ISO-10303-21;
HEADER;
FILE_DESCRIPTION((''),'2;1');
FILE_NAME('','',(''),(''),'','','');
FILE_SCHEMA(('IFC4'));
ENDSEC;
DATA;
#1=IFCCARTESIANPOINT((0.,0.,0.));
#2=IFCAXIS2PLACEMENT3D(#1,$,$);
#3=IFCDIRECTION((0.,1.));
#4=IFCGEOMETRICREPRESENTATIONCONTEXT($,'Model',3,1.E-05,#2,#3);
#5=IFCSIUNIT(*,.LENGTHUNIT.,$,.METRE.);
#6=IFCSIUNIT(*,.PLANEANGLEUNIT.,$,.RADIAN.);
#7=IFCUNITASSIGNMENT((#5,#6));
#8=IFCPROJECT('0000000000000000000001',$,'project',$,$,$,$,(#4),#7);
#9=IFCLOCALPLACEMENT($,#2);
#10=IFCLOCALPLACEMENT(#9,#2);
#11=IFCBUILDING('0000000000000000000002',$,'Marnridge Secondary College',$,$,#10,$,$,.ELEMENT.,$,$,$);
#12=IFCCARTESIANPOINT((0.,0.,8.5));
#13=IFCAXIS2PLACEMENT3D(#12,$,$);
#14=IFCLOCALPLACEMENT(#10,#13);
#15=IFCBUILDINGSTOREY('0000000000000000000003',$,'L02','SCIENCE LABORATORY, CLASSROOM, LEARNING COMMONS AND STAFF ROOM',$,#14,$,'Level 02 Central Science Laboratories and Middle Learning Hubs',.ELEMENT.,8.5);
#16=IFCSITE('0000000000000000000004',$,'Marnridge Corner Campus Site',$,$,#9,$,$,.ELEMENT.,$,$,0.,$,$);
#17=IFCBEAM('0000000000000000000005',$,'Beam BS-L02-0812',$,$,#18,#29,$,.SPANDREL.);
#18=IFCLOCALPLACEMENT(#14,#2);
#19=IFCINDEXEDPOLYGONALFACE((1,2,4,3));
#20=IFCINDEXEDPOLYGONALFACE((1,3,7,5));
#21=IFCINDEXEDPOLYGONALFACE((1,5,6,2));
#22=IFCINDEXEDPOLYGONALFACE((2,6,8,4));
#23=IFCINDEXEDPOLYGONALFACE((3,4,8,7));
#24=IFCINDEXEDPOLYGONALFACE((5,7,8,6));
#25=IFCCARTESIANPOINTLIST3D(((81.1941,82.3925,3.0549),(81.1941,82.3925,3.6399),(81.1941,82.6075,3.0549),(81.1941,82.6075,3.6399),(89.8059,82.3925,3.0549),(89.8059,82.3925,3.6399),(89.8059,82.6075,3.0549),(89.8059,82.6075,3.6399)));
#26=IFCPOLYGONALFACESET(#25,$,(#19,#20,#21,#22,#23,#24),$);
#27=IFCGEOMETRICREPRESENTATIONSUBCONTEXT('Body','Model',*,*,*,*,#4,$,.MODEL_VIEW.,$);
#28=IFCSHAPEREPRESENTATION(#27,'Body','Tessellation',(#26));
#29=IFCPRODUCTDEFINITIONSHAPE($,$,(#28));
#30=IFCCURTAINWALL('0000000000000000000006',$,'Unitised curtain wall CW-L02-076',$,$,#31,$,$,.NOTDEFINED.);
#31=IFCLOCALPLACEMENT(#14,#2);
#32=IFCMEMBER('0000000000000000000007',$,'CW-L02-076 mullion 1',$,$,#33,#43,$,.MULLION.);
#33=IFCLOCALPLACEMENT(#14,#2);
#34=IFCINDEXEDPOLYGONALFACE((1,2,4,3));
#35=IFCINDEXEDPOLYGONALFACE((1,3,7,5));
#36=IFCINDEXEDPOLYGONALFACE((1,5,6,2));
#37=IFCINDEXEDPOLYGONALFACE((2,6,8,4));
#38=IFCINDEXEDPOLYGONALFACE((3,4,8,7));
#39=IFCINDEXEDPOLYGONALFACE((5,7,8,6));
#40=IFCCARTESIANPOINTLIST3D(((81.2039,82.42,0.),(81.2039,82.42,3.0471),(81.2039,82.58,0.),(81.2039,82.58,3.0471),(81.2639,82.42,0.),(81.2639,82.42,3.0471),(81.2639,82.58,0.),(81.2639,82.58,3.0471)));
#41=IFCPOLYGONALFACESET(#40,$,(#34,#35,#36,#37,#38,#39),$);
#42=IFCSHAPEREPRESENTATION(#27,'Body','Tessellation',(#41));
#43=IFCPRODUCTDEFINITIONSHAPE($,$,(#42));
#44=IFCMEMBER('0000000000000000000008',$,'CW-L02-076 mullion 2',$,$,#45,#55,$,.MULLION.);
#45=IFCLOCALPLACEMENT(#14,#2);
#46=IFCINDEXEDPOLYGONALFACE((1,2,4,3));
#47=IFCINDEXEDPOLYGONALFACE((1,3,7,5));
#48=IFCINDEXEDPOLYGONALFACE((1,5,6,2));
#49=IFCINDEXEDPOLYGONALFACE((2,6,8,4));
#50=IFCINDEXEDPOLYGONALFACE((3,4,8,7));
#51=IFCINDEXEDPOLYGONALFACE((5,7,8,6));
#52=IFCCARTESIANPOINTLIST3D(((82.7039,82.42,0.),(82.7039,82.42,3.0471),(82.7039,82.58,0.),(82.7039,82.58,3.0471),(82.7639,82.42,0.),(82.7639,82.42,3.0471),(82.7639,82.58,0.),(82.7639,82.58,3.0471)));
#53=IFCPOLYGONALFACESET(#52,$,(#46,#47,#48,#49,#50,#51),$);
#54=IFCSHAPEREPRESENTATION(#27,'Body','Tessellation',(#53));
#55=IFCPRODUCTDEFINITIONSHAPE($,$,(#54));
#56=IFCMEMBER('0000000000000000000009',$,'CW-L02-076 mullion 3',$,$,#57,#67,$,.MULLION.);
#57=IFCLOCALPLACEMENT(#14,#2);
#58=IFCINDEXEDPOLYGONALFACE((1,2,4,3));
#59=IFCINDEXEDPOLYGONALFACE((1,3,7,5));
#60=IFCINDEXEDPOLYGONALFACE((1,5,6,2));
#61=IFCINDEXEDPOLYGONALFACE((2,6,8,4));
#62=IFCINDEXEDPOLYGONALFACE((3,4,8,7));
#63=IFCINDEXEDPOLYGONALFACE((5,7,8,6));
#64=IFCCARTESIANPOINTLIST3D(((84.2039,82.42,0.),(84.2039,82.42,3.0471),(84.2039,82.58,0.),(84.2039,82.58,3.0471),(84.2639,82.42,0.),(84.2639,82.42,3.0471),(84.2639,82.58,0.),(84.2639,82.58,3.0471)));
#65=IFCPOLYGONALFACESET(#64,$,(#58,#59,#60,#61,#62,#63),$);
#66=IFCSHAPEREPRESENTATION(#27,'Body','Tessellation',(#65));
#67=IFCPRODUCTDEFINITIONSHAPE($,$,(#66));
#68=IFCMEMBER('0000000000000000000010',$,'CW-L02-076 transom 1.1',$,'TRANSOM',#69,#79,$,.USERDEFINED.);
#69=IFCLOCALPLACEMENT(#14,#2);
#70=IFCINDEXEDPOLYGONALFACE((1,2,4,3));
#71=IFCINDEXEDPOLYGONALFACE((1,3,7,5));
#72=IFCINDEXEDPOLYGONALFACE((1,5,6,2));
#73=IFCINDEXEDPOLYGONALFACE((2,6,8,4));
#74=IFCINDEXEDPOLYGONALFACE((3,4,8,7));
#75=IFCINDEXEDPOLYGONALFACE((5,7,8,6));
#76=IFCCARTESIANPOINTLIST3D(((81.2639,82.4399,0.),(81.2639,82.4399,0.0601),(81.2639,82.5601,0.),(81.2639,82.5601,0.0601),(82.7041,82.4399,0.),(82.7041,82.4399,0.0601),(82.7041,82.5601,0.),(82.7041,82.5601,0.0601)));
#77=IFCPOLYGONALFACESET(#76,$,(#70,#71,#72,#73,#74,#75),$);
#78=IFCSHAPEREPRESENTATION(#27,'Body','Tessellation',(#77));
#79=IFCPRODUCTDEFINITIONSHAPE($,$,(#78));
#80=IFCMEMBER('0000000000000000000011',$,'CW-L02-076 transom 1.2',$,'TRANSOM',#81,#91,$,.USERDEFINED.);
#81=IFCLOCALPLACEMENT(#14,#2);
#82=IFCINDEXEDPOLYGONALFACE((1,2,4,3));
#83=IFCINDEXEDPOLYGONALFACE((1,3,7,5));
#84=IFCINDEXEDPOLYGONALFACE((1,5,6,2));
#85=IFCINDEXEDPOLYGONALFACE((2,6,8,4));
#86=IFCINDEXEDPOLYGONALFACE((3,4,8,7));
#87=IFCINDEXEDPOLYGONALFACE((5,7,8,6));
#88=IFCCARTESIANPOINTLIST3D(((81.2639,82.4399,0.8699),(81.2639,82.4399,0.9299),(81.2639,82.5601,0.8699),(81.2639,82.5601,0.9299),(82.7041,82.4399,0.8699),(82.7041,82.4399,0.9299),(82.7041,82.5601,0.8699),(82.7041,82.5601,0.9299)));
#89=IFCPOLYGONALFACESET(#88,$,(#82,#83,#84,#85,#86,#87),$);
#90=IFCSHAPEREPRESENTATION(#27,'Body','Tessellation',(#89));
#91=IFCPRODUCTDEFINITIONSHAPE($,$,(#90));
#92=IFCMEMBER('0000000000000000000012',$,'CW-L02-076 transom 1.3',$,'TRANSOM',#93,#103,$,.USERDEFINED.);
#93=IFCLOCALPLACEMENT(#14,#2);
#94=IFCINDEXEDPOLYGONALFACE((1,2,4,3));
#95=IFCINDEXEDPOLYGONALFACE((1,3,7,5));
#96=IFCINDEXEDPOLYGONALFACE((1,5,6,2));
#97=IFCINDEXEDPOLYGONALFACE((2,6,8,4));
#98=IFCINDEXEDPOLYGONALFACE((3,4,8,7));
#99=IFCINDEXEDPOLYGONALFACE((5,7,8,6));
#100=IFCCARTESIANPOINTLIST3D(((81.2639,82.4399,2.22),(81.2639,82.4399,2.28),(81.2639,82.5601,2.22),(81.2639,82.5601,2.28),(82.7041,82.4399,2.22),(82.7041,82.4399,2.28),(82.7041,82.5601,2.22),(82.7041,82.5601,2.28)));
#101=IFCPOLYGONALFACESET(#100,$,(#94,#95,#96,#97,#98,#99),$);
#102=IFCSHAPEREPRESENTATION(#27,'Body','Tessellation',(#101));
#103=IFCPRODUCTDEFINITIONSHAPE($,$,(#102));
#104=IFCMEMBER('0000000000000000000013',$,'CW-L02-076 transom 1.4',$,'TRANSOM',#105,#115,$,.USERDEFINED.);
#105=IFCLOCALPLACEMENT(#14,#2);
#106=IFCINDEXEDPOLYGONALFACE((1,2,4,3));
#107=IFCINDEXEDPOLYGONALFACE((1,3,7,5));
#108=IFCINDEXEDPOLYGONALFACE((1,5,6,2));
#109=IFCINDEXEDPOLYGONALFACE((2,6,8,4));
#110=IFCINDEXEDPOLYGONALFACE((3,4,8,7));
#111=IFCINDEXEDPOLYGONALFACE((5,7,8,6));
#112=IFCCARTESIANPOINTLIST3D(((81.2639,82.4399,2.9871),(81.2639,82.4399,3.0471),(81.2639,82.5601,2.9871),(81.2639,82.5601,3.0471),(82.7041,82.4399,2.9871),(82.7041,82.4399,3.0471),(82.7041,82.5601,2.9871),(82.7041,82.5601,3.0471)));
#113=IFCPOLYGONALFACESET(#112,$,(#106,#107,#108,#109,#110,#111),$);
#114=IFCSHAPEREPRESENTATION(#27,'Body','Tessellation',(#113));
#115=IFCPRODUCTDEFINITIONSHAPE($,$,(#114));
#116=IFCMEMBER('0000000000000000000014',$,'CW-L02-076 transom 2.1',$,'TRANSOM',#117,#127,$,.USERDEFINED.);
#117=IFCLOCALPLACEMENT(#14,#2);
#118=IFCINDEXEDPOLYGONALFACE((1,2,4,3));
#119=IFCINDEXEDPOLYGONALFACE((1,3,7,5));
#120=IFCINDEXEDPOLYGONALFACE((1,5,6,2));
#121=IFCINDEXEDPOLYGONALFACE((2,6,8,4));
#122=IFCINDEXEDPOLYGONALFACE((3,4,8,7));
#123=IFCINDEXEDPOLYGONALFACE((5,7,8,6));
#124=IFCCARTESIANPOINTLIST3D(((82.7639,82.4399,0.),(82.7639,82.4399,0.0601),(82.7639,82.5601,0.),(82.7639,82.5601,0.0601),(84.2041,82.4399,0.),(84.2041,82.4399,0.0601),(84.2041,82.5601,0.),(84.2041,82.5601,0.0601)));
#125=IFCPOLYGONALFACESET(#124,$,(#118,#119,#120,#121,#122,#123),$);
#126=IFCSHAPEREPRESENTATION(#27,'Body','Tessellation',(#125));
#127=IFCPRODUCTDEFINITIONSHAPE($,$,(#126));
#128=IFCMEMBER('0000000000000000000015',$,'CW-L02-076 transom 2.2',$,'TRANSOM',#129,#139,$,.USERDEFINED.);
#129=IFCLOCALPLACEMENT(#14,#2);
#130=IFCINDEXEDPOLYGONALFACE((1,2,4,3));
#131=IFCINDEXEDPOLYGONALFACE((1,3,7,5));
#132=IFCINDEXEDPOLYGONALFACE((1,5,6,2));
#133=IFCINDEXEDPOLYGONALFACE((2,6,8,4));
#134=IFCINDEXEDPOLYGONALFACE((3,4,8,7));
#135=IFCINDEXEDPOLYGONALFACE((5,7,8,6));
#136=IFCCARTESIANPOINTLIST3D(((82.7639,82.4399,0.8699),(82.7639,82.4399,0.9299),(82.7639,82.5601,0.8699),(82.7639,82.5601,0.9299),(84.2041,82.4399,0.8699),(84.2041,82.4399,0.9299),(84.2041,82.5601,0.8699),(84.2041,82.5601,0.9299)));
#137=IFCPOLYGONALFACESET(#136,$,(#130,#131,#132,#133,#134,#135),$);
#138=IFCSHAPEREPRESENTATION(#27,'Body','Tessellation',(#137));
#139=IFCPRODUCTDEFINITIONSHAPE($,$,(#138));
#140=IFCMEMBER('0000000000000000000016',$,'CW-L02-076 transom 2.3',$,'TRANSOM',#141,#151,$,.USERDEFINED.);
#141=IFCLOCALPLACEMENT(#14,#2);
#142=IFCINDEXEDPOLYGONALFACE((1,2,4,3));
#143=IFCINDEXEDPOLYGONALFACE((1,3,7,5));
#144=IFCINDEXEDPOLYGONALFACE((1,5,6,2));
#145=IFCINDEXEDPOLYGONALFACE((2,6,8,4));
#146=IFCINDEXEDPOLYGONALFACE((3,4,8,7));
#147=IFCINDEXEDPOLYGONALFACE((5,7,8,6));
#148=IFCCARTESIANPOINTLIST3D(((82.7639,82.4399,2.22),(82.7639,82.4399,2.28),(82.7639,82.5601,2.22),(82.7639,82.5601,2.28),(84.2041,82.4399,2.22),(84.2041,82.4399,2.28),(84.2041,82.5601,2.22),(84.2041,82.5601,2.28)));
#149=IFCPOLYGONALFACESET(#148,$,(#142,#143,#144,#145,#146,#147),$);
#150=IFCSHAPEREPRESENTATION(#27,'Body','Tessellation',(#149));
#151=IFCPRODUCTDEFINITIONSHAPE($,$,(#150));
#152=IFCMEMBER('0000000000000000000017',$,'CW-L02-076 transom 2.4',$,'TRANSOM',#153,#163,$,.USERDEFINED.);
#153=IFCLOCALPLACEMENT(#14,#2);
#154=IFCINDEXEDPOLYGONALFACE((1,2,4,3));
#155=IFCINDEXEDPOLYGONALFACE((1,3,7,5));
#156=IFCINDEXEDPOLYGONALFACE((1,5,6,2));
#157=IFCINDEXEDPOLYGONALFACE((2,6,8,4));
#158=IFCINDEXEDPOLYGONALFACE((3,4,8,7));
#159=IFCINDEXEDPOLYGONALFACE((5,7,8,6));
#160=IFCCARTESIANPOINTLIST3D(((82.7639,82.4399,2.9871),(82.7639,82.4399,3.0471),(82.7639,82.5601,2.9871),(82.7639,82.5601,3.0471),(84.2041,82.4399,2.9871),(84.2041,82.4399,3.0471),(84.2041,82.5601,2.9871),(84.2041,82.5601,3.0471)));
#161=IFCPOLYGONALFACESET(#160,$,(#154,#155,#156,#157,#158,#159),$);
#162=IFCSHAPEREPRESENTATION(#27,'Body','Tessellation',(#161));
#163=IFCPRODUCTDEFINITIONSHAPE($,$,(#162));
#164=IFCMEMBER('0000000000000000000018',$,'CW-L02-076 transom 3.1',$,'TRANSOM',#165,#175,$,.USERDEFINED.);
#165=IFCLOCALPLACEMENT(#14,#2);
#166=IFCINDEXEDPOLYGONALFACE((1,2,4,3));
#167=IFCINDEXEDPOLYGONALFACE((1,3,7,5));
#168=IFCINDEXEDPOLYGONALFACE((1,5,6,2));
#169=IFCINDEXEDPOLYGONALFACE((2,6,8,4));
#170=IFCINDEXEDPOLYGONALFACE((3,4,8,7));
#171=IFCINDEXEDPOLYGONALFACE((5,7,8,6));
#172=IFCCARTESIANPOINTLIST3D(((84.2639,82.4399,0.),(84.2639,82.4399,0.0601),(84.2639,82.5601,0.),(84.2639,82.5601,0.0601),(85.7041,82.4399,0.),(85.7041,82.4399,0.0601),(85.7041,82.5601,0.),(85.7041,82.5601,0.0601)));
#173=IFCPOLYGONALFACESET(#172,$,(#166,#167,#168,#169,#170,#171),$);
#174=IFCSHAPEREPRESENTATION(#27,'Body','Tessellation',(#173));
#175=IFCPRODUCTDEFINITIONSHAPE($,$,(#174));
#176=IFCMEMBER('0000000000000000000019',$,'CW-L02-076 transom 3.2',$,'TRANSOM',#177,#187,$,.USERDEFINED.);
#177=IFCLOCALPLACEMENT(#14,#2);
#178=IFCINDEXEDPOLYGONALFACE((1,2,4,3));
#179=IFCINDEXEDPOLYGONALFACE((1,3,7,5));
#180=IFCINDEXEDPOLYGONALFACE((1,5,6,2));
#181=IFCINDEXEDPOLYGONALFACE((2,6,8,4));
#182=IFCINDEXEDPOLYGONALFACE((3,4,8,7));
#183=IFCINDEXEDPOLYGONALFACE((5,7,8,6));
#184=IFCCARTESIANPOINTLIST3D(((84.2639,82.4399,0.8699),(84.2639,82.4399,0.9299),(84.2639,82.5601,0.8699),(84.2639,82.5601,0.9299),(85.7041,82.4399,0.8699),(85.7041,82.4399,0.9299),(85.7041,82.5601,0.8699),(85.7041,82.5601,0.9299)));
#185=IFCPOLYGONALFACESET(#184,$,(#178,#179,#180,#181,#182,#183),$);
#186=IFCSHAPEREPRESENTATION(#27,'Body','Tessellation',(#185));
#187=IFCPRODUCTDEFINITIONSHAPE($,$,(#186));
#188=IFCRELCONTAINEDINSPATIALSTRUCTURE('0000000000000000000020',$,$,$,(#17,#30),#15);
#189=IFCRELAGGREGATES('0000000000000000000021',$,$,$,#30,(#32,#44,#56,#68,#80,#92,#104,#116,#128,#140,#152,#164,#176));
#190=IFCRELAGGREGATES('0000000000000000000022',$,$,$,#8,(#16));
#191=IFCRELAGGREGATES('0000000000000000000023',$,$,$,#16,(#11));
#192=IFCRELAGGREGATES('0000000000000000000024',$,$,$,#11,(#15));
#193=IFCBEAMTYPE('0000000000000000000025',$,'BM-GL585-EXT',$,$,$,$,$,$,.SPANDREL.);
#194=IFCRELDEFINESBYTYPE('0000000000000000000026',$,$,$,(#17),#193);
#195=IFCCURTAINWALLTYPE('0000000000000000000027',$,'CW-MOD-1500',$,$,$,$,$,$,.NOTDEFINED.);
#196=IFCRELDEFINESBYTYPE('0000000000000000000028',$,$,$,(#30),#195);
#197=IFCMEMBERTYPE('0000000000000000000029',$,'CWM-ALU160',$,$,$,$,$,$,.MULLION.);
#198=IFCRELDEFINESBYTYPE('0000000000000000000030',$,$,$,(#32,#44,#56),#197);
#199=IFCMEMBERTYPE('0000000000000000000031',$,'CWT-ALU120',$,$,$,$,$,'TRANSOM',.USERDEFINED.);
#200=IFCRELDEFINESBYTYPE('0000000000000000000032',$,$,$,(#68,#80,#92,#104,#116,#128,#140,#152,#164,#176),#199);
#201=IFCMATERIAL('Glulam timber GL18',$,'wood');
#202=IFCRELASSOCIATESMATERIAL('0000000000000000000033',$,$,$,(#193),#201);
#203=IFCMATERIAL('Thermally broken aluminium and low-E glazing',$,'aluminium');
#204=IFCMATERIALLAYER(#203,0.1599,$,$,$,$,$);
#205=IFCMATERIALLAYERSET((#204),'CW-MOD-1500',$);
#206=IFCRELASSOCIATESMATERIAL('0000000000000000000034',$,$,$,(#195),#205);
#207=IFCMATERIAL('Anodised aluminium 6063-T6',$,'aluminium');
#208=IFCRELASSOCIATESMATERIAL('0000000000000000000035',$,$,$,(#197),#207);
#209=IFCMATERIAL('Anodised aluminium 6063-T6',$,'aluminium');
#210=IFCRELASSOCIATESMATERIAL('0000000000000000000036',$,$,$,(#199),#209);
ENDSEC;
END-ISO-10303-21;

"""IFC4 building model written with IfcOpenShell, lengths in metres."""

from ifc_helpers import new_model, si_unit, direction, frame, origin, origin_2d, place, context, subcontext, project, spatial, rectangle, extrude, material, layer, layer_set, material_profile, profile_set, type_object, element, aggregate, save


model = new_model("IFC4")

# Units and contexts
model_context = context("Model", 3, precision=1e-05, world=origin(), true_north=direction((0.0, 1.0)))
body_context = subcontext(model_context, "Body", "Model", "MODEL_VIEW")
ifc_project = project(units=[si_unit("LENGTHUNIT", "METRE"), si_unit("PLANEANGLEUNIT", "RADIAN")], contexts=[model_context])

# Site, building, storey
site_placement = place(None, origin())
site = spatial("IfcSite", under=ifc_project, at=site_placement, Name="Marnridge Corner Campus Site", CompositionType="ELEMENT", RefElevation=0.0)
building_placement = place(site_placement, origin())
building = spatial("IfcBuilding", under=site, at=building_placement, Name="Marnridge Secondary College", CompositionType="ELEMENT")
storey_placement = place(building_placement, frame((0.0, 0.0, 8.5)))
storey = spatial("IfcBuildingStorey", under=building, at=storey_placement, Name="L02", Description="SCIENCE LABORATORY, CLASSROOM, LEARNING COMMONS AND STAFF ROOM", LongName="Level 02 Central Science Laboratories and Middle Learning Hubs", CompositionType="ELEMENT", Elevation=8.5)

# Beam
ifc_material_1 = material(Name="Glulam timber GL18", Category="wood")
ifc_material_profile_1 = material_profile(ifc_material_1, rectangle(XDim=0.2151, YDim=0.585, at=origin_2d()), Name="GL18 215x585")
ifc_profile_set_1 = profile_set([ifc_material_profile_1], Name="Glulam timber GL18")
beam_type = type_object("IfcBeamType", Name="BM-GL585-EXT", PredefinedType="SPANDREL", material=ifc_profile_set_1)
beam_placement = place(storey_placement, frame((81.1941, 82.5, 3.3474), z_axis=(1.0, 0.0, 0.0), x_axis=(0.0, 1.0, 0.0)))
element("IfcBeam", 1, at=beam_placement, inside=storey, type_object=beam_type, Name="Beam BS-L02-0812", PredefinedType="SPANDREL", context=body_context, shape_type="SweptSolid", body=[
    extrude(rectangle(XDim=0.2151, YDim=0.585, at=origin_2d()), origin(), (0.0, 0.0, 1.0), 8.6118),
])

# Curtain wall, members
ifc_material_2 = material(Name="Thermally broken aluminium and low-E glazing", Category="aluminium")
ifc_layer_1 = layer(ifc_material_2, 0.1599)
ifc_layer_set_1 = layer_set([ifc_layer_1], Name="CW-MOD-1500")
curtain_wall_type = type_object("IfcCurtainWallType", Name="CW-MOD-1500", PredefinedType="NOTDEFINED", material=ifc_layer_set_1)
curtain_wall_placement = place(storey_placement, origin())
curtain_wall = element("IfcCurtainWall", 2, at=curtain_wall_placement, inside=storey, type_object=curtain_wall_type, Name="Unitised curtain wall CW-L02-076", PredefinedType="NOTDEFINED")
ifc_material_3 = material(Name="Anodised aluminium 6063-T6", Category="aluminium")
ifc_material_profile_2 = material_profile(ifc_material_3, rectangle(XDim=0.0601, YDim=0.1599, at=origin_2d()), Name="ALU 60x160")
ifc_profile_set_2 = profile_set([ifc_material_profile_2], Name="Anodised aluminium 6063-T6")
member_type_1 = type_object("IfcMemberType", Name="CWM-ALU160", PredefinedType="MULLION", material=ifc_profile_set_2)
member_1_placement = place(storey_placement, frame((81.2339, 82.5, 0.0), z_axis=(0.0, 0.0, 1.0), x_axis=(1.0, 0.0, 0.0)))
member_1 = element("IfcMember", 3, at=member_1_placement, type_object=member_type_1, Name="CW-L02-076 mullion 1", PredefinedType="MULLION", context=body_context, shape_type="SweptSolid", body=[
    extrude(rectangle(XDim=0.0601, YDim=0.1599, at=origin_2d()), origin(), (0.0, 0.0, 1.0), 3.0471),
])
member_2_placement = place(storey_placement, frame((82.7339, 82.5, 0.0), z_axis=(0.0, 0.0, 1.0), x_axis=(1.0, 0.0, 0.0)))
member_2 = element("IfcMember", 4, at=member_2_placement, type_object=member_type_1, Name="CW-L02-076 mullion 2", PredefinedType="MULLION", context=body_context, shape_type="SweptSolid", body=[
    extrude(rectangle(XDim=0.0601, YDim=0.1599, at=origin_2d()), origin(), (0.0, 0.0, 1.0), 3.0471),
])
member_3_placement = place(storey_placement, frame((84.2339, 82.5, 0.0), z_axis=(0.0, 0.0, 1.0), x_axis=(1.0, 0.0, 0.0)))
member_3 = element("IfcMember", 5, at=member_3_placement, type_object=member_type_1, Name="CW-L02-076 mullion 3", PredefinedType="MULLION", context=body_context, shape_type="SweptSolid", body=[
    extrude(rectangle(XDim=0.0601, YDim=0.1599, at=origin_2d()), origin(), (0.0, 0.0, 1.0), 3.0471),
])
ifc_material_4 = material(Name="Anodised aluminium 6063-T6", Category="aluminium")
ifc_material_profile_3 = material_profile(ifc_material_4, rectangle(XDim=0.0601, YDim=0.1201, at=origin_2d()), Name="ALU 60x120")
ifc_profile_set_3 = profile_set([ifc_material_profile_3], Name="Anodised aluminium 6063-T6")
member_type_2 = type_object("IfcMemberType", Name="CWT-ALU120", ElementType="TRANSOM", PredefinedType="USERDEFINED", material=ifc_profile_set_3)
member_4_placement = place(storey_placement, frame((81.2639, 82.5, 0.03), z_axis=(1.0, 0.0, 0.0), x_axis=(0.0, 0.0, 1.0)))
member_4 = element("IfcMember", 6, at=member_4_placement, type_object=member_type_2, Name="CW-L02-076 transom 1.1", ObjectType="TRANSOM", PredefinedType="USERDEFINED", context=body_context, shape_type="SweptSolid", body=[
    extrude(rectangle(XDim=0.0601, YDim=0.1201, at=origin_2d()), origin(), (0.0, 0.0, 1.0), 1.4402),
])
member_5_placement = place(storey_placement, frame((81.2639, 82.5, 0.8999), z_axis=(1.0, 0.0, 0.0), x_axis=(0.0, 0.0, 1.0)))
member_5 = element("IfcMember", 7, at=member_5_placement, type_object=member_type_2, Name="CW-L02-076 transom 1.2", ObjectType="TRANSOM", PredefinedType="USERDEFINED", context=body_context, shape_type="SweptSolid", body=[
    extrude(rectangle(XDim=0.0601, YDim=0.1201, at=origin_2d()), origin(), (0.0, 0.0, 1.0), 1.4402),
])
member_6_placement = place(storey_placement, frame((81.2639, 82.5, 2.25), z_axis=(1.0, 0.0, 0.0), x_axis=(0.0, 0.0, 1.0)))
member_6 = element("IfcMember", 8, at=member_6_placement, type_object=member_type_2, Name="CW-L02-076 transom 1.3", ObjectType="TRANSOM", PredefinedType="USERDEFINED", context=body_context, shape_type="SweptSolid", body=[
    extrude(rectangle(XDim=0.0601, YDim=0.1201, at=origin_2d()), origin(), (0.0, 0.0, 1.0), 1.4402),
])
member_7_placement = place(storey_placement, frame((81.2639, 82.5, 3.0171), z_axis=(1.0, 0.0, 0.0), x_axis=(0.0, 0.0, 1.0)))
member_7 = element("IfcMember", 9, at=member_7_placement, type_object=member_type_2, Name="CW-L02-076 transom 1.4", ObjectType="TRANSOM", PredefinedType="USERDEFINED", context=body_context, shape_type="SweptSolid", body=[
    extrude(rectangle(XDim=0.0601, YDim=0.1201, at=origin_2d()), origin(), (0.0, 0.0, 1.0), 1.4402),
])
member_8_placement = place(storey_placement, frame((82.7639, 82.5, 0.03), z_axis=(1.0, 0.0, 0.0), x_axis=(0.0, 0.0, 1.0)))
member_8 = element("IfcMember", 10, at=member_8_placement, type_object=member_type_2, Name="CW-L02-076 transom 2.1", ObjectType="TRANSOM", PredefinedType="USERDEFINED", context=body_context, shape_type="SweptSolid", body=[
    extrude(rectangle(XDim=0.0601, YDim=0.1201, at=origin_2d()), origin(), (0.0, 0.0, 1.0), 1.4402),
])
member_9_placement = place(storey_placement, frame((82.7639, 82.5, 0.8999), z_axis=(1.0, 0.0, 0.0), x_axis=(0.0, 0.0, 1.0)))
member_9 = element("IfcMember", 11, at=member_9_placement, type_object=member_type_2, Name="CW-L02-076 transom 2.2", ObjectType="TRANSOM", PredefinedType="USERDEFINED", context=body_context, shape_type="SweptSolid", body=[
    extrude(rectangle(XDim=0.0601, YDim=0.1201, at=origin_2d()), origin(), (0.0, 0.0, 1.0), 1.4402),
])
member_10_placement = place(storey_placement, frame((82.7639, 82.5, 2.25), z_axis=(1.0, 0.0, 0.0), x_axis=(0.0, 0.0, 1.0)))
member_10 = element("IfcMember", 12, at=member_10_placement, type_object=member_type_2, Name="CW-L02-076 transom 2.3", ObjectType="TRANSOM", PredefinedType="USERDEFINED", context=body_context, shape_type="SweptSolid", body=[
    extrude(rectangle(XDim=0.0601, YDim=0.1201, at=origin_2d()), origin(), (0.0, 0.0, 1.0), 1.4402),
])
member_11_placement = place(storey_placement, frame((82.7639, 82.5, 3.0171), z_axis=(1.0, 0.0, 0.0), x_axis=(0.0, 0.0, 1.0)))
member_11 = element("IfcMember", 13, at=member_11_placement, type_object=member_type_2, Name="CW-L02-076 transom 2.4", ObjectType="TRANSOM", PredefinedType="USERDEFINED", context=body_context, shape_type="SweptSolid", body=[
    extrude(rectangle(XDim=0.0601, YDim=0.1201, at=origin_2d()), origin(), (0.0, 0.0, 1.0), 1.4402),
])
member_12_placement = place(storey_placement, frame((84.2639, 82.5, 0.03), z_axis=(1.0, 0.0, 0.0), x_axis=(0.0, 0.0, 1.0)))
member_12 = element("IfcMember", 14, at=member_12_placement, type_object=member_type_2, Name="CW-L02-076 transom 3.1", ObjectType="TRANSOM", PredefinedType="USERDEFINED", context=body_context, shape_type="SweptSolid", body=[
    extrude(rectangle(XDim=0.0601, YDim=0.1201, at=origin_2d()), origin(), (0.0, 0.0, 1.0), 1.4402),
])
member_13_placement = place(storey_placement, frame((84.2639, 82.5, 0.8999), z_axis=(1.0, 0.0, 0.0), x_axis=(0.0, 0.0, 1.0)))
member_13 = element("IfcMember", 15, at=member_13_placement, type_object=member_type_2, Name="CW-L02-076 transom 3.2", ObjectType="TRANSOM", PredefinedType="USERDEFINED", context=body_context, shape_type="SweptSolid", body=[
    extrude(rectangle(XDim=0.0601, YDim=0.1201, at=origin_2d()), origin(), (0.0, 0.0, 1.0), 1.4402),
])
aggregate(curtain_wall, [member_1, member_2, member_3, member_4, member_5, member_6, member_7, member_8, member_9, member_10, member_11, member_12, member_13])

save(model, "model.ifc")
